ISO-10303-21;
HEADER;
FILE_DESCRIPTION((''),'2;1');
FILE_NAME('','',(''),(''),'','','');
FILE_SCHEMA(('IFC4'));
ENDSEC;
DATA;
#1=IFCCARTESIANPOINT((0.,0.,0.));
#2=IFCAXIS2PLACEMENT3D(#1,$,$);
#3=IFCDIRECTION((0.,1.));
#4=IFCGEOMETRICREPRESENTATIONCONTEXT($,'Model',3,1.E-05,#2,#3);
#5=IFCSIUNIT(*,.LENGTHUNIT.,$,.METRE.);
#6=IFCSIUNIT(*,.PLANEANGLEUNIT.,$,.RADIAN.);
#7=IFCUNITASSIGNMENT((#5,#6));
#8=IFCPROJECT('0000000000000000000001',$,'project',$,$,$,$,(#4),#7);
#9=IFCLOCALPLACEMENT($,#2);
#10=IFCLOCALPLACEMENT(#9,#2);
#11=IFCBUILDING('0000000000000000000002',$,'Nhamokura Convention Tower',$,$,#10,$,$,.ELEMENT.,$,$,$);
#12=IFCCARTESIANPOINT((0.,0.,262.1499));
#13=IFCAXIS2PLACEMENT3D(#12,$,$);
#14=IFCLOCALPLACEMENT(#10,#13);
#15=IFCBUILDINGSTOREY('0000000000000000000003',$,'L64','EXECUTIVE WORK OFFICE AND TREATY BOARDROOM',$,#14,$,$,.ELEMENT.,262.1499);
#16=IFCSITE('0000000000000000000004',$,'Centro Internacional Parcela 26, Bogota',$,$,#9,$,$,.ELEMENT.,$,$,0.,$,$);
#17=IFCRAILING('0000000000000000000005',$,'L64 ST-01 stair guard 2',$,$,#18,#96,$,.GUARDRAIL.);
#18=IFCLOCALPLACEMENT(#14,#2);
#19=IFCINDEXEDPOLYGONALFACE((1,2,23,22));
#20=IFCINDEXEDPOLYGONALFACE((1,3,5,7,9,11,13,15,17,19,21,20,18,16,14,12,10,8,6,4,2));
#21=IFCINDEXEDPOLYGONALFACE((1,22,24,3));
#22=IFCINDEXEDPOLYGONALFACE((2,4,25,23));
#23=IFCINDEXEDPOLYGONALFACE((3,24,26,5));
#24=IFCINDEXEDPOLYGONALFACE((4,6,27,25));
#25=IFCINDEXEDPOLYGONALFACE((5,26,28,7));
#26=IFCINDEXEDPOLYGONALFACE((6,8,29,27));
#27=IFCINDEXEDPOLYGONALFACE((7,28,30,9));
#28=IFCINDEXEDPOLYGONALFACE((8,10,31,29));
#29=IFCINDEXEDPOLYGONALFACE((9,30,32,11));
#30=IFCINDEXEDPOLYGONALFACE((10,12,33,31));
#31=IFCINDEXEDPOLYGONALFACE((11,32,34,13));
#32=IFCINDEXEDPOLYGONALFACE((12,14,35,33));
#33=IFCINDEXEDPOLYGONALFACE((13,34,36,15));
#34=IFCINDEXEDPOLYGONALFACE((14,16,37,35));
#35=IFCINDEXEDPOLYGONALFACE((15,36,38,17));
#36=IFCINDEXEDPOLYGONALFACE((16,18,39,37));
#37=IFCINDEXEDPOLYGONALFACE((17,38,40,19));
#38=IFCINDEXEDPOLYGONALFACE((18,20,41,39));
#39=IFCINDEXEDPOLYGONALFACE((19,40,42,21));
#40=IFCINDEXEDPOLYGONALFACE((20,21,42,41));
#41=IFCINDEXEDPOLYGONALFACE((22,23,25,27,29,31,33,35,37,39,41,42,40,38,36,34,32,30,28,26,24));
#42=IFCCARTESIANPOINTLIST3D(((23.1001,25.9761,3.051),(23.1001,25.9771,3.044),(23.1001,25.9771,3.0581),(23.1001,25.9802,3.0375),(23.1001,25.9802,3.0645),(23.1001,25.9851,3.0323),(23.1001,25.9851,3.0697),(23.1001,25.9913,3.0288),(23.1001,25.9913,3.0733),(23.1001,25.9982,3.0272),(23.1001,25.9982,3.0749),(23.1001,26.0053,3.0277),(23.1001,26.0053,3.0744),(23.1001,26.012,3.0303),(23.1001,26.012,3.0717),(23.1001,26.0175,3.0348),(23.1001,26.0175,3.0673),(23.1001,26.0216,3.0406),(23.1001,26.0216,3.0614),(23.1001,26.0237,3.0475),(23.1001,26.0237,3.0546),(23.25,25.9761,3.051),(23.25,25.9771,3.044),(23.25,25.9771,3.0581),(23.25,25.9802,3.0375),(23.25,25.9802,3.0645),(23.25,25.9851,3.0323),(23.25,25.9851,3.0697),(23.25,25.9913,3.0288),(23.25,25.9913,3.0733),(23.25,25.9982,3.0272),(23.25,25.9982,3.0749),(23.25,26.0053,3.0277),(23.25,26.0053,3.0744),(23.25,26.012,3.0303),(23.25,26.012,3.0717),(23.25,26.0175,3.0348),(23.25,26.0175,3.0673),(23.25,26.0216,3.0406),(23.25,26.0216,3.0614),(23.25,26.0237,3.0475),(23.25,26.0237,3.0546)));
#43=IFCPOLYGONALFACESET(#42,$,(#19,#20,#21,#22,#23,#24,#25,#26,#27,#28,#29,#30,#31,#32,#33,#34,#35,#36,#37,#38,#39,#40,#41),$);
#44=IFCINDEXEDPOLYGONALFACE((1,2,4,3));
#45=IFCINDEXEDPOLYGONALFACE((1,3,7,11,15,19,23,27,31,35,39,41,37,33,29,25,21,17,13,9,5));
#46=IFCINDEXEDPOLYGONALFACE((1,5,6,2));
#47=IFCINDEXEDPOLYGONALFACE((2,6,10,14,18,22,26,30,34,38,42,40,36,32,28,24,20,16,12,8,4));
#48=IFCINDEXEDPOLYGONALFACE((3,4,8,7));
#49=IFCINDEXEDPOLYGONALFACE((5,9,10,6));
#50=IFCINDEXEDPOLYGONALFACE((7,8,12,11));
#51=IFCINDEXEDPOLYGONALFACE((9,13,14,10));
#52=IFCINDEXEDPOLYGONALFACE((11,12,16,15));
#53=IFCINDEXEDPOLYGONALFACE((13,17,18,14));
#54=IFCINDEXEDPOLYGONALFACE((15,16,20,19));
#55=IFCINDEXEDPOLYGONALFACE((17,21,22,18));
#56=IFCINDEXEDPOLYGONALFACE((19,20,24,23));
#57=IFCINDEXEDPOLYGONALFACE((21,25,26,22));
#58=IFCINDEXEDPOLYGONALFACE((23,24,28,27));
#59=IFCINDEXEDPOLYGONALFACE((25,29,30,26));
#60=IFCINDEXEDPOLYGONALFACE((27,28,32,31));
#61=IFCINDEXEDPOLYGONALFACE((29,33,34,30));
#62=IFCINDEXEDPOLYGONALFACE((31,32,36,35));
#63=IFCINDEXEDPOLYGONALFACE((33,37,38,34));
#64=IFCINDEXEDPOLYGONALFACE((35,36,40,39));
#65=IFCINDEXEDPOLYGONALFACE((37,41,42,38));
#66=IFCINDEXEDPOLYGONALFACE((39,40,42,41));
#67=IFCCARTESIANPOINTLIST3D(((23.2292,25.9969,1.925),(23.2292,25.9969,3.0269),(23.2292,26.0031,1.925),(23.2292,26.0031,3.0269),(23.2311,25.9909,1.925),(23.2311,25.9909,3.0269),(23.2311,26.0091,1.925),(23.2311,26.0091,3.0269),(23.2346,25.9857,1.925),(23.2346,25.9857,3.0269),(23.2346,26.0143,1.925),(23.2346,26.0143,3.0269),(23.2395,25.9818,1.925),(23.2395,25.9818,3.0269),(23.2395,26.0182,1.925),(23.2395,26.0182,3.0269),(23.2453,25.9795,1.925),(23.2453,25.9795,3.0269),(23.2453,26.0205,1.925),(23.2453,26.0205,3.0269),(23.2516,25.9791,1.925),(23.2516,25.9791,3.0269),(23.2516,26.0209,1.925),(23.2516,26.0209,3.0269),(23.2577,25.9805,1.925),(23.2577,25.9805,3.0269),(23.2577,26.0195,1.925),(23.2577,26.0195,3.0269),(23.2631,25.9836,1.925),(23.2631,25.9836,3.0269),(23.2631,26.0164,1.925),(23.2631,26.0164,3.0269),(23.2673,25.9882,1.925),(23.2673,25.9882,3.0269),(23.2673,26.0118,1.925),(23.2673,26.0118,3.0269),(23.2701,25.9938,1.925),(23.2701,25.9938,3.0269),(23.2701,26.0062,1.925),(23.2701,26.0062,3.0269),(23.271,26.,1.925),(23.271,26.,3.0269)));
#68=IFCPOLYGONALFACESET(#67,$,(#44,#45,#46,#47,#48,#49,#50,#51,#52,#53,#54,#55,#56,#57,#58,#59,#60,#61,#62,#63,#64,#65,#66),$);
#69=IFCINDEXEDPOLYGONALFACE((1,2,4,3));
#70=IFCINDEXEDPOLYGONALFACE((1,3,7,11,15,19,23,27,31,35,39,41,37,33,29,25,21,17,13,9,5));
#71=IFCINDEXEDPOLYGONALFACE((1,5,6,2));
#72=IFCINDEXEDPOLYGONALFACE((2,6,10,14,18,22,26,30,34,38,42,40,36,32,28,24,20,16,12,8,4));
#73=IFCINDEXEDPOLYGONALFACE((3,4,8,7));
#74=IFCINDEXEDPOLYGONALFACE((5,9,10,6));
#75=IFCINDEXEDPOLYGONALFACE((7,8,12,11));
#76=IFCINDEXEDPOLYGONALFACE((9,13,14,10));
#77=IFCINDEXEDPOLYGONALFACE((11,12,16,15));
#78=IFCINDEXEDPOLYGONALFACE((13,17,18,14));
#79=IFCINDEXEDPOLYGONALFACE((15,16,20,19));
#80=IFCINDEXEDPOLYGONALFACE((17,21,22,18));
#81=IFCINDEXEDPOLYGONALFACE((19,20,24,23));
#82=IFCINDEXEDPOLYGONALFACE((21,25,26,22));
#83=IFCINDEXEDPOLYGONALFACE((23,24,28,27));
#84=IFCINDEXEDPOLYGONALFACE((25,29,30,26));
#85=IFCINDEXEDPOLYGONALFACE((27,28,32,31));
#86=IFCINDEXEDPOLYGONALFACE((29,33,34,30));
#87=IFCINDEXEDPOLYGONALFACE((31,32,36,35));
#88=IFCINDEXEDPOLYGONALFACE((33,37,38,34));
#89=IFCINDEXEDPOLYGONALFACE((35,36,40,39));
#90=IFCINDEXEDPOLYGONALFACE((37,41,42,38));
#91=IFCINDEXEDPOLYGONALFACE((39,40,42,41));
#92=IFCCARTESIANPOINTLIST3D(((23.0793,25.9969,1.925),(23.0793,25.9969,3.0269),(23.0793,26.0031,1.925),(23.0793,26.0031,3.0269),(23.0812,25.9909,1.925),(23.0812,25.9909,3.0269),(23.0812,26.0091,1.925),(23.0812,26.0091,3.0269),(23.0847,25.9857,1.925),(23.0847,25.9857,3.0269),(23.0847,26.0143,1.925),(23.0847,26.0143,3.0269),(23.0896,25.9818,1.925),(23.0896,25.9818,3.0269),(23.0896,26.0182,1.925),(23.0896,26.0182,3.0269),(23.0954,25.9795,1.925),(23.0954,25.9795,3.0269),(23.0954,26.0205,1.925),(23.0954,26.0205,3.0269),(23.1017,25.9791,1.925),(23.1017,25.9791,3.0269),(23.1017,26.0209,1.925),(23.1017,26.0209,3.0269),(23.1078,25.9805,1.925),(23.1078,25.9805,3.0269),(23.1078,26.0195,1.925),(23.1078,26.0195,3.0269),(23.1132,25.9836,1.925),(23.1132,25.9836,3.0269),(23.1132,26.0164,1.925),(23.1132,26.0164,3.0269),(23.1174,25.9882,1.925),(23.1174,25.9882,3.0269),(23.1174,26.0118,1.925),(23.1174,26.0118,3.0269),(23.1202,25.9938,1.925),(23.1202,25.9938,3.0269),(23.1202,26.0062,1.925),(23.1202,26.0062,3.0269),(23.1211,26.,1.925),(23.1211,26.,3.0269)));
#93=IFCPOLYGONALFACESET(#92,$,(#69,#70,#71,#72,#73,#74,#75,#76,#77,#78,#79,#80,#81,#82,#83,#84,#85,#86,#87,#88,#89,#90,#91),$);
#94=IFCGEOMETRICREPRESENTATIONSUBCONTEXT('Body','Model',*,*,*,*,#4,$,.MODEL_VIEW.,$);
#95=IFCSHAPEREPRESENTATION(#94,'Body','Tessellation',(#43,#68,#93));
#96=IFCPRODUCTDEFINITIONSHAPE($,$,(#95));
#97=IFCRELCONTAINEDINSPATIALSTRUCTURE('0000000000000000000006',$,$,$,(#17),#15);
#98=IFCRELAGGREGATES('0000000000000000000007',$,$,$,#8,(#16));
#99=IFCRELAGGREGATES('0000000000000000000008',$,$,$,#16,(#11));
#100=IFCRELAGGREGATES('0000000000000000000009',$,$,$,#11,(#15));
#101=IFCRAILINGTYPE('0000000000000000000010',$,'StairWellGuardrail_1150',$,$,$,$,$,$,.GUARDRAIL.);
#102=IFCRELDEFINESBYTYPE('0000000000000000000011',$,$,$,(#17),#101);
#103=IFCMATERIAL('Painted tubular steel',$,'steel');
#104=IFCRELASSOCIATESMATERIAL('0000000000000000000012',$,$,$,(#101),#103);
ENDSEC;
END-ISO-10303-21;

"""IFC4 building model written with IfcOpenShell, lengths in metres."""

from ifc_helpers import new_model, si_unit, direction, frame, origin, origin_2d, place, context, subcontext, project, spatial, circle, extrude, material, type_object, element, save


model = new_model("IFC4")

# Units and contexts
model_context = context("Model", 3, precision=1e-05, world=origin(), true_north=direction((0.0, 1.0)))
body_context = subcontext(model_context, "Body", "Model", "MODEL_VIEW")
ifc_project = project(units=[si_unit("LENGTHUNIT", "METRE"), si_unit("PLANEANGLEUNIT", "RADIAN")], contexts=[model_context])

# Site, building, storey
site_placement = place(None, origin())
site = spatial("IfcSite", under=ifc_project, at=site_placement, Name="Centro Internacional Parcela 26, Bogota", CompositionType="ELEMENT", RefElevation=0.0)
building_placement = place(site_placement, origin())
building = spatial("IfcBuilding", under=site, at=building_placement, Name="Nhamokura Convention Tower", CompositionType="ELEMENT")
storey_placement = place(building_placement, frame((0.0, 0.0, 262.1499)))
storey = spatial("IfcBuildingStorey", under=building, at=storey_placement, Name="L64", Description="EXECUTIVE WORK OFFICE AND TREATY BOARDROOM", CompositionType="ELEMENT", Elevation=262.1499)

# Railing
ifc_material_1 = material(Name="Painted tubular steel", Category="steel")
railing_type = type_object("IfcRailingType", Name="StairWellGuardrail_1150", PredefinedType="GUARDRAIL", material=ifc_material_1)
railing_1_placement = place(storey_placement, frame((23.25, 26.0, 1.925)))
element("IfcRailing", 1, at=railing_1_placement, inside=storey, type_object=railing_type, Name="L64 ST-01 stair guard 2", PredefinedType="GUARDRAIL", context=body_context, shape_type="SweptSolid", body=[
    extrude(circle(Radius=0.0239, at=origin_2d()), frame((0.0, 0.0, 1.126), z_axis=(-1.0, 0.0, 0.0), x_axis=(0.0, -1.0, 0.0)), (0.0, 0.0, 1.0), 0.1499),
    extrude(circle(Radius=0.021, at=origin_2d()), origin(), (0.0, 0.0, 1.0), 1.1018),
    extrude(circle(Radius=0.021, at=origin_2d()), frame((-0.1499, 0.0, 0.0)), (0.0, 0.0, 1.0), 1.1018),
])

save(model, "model.ifc")
